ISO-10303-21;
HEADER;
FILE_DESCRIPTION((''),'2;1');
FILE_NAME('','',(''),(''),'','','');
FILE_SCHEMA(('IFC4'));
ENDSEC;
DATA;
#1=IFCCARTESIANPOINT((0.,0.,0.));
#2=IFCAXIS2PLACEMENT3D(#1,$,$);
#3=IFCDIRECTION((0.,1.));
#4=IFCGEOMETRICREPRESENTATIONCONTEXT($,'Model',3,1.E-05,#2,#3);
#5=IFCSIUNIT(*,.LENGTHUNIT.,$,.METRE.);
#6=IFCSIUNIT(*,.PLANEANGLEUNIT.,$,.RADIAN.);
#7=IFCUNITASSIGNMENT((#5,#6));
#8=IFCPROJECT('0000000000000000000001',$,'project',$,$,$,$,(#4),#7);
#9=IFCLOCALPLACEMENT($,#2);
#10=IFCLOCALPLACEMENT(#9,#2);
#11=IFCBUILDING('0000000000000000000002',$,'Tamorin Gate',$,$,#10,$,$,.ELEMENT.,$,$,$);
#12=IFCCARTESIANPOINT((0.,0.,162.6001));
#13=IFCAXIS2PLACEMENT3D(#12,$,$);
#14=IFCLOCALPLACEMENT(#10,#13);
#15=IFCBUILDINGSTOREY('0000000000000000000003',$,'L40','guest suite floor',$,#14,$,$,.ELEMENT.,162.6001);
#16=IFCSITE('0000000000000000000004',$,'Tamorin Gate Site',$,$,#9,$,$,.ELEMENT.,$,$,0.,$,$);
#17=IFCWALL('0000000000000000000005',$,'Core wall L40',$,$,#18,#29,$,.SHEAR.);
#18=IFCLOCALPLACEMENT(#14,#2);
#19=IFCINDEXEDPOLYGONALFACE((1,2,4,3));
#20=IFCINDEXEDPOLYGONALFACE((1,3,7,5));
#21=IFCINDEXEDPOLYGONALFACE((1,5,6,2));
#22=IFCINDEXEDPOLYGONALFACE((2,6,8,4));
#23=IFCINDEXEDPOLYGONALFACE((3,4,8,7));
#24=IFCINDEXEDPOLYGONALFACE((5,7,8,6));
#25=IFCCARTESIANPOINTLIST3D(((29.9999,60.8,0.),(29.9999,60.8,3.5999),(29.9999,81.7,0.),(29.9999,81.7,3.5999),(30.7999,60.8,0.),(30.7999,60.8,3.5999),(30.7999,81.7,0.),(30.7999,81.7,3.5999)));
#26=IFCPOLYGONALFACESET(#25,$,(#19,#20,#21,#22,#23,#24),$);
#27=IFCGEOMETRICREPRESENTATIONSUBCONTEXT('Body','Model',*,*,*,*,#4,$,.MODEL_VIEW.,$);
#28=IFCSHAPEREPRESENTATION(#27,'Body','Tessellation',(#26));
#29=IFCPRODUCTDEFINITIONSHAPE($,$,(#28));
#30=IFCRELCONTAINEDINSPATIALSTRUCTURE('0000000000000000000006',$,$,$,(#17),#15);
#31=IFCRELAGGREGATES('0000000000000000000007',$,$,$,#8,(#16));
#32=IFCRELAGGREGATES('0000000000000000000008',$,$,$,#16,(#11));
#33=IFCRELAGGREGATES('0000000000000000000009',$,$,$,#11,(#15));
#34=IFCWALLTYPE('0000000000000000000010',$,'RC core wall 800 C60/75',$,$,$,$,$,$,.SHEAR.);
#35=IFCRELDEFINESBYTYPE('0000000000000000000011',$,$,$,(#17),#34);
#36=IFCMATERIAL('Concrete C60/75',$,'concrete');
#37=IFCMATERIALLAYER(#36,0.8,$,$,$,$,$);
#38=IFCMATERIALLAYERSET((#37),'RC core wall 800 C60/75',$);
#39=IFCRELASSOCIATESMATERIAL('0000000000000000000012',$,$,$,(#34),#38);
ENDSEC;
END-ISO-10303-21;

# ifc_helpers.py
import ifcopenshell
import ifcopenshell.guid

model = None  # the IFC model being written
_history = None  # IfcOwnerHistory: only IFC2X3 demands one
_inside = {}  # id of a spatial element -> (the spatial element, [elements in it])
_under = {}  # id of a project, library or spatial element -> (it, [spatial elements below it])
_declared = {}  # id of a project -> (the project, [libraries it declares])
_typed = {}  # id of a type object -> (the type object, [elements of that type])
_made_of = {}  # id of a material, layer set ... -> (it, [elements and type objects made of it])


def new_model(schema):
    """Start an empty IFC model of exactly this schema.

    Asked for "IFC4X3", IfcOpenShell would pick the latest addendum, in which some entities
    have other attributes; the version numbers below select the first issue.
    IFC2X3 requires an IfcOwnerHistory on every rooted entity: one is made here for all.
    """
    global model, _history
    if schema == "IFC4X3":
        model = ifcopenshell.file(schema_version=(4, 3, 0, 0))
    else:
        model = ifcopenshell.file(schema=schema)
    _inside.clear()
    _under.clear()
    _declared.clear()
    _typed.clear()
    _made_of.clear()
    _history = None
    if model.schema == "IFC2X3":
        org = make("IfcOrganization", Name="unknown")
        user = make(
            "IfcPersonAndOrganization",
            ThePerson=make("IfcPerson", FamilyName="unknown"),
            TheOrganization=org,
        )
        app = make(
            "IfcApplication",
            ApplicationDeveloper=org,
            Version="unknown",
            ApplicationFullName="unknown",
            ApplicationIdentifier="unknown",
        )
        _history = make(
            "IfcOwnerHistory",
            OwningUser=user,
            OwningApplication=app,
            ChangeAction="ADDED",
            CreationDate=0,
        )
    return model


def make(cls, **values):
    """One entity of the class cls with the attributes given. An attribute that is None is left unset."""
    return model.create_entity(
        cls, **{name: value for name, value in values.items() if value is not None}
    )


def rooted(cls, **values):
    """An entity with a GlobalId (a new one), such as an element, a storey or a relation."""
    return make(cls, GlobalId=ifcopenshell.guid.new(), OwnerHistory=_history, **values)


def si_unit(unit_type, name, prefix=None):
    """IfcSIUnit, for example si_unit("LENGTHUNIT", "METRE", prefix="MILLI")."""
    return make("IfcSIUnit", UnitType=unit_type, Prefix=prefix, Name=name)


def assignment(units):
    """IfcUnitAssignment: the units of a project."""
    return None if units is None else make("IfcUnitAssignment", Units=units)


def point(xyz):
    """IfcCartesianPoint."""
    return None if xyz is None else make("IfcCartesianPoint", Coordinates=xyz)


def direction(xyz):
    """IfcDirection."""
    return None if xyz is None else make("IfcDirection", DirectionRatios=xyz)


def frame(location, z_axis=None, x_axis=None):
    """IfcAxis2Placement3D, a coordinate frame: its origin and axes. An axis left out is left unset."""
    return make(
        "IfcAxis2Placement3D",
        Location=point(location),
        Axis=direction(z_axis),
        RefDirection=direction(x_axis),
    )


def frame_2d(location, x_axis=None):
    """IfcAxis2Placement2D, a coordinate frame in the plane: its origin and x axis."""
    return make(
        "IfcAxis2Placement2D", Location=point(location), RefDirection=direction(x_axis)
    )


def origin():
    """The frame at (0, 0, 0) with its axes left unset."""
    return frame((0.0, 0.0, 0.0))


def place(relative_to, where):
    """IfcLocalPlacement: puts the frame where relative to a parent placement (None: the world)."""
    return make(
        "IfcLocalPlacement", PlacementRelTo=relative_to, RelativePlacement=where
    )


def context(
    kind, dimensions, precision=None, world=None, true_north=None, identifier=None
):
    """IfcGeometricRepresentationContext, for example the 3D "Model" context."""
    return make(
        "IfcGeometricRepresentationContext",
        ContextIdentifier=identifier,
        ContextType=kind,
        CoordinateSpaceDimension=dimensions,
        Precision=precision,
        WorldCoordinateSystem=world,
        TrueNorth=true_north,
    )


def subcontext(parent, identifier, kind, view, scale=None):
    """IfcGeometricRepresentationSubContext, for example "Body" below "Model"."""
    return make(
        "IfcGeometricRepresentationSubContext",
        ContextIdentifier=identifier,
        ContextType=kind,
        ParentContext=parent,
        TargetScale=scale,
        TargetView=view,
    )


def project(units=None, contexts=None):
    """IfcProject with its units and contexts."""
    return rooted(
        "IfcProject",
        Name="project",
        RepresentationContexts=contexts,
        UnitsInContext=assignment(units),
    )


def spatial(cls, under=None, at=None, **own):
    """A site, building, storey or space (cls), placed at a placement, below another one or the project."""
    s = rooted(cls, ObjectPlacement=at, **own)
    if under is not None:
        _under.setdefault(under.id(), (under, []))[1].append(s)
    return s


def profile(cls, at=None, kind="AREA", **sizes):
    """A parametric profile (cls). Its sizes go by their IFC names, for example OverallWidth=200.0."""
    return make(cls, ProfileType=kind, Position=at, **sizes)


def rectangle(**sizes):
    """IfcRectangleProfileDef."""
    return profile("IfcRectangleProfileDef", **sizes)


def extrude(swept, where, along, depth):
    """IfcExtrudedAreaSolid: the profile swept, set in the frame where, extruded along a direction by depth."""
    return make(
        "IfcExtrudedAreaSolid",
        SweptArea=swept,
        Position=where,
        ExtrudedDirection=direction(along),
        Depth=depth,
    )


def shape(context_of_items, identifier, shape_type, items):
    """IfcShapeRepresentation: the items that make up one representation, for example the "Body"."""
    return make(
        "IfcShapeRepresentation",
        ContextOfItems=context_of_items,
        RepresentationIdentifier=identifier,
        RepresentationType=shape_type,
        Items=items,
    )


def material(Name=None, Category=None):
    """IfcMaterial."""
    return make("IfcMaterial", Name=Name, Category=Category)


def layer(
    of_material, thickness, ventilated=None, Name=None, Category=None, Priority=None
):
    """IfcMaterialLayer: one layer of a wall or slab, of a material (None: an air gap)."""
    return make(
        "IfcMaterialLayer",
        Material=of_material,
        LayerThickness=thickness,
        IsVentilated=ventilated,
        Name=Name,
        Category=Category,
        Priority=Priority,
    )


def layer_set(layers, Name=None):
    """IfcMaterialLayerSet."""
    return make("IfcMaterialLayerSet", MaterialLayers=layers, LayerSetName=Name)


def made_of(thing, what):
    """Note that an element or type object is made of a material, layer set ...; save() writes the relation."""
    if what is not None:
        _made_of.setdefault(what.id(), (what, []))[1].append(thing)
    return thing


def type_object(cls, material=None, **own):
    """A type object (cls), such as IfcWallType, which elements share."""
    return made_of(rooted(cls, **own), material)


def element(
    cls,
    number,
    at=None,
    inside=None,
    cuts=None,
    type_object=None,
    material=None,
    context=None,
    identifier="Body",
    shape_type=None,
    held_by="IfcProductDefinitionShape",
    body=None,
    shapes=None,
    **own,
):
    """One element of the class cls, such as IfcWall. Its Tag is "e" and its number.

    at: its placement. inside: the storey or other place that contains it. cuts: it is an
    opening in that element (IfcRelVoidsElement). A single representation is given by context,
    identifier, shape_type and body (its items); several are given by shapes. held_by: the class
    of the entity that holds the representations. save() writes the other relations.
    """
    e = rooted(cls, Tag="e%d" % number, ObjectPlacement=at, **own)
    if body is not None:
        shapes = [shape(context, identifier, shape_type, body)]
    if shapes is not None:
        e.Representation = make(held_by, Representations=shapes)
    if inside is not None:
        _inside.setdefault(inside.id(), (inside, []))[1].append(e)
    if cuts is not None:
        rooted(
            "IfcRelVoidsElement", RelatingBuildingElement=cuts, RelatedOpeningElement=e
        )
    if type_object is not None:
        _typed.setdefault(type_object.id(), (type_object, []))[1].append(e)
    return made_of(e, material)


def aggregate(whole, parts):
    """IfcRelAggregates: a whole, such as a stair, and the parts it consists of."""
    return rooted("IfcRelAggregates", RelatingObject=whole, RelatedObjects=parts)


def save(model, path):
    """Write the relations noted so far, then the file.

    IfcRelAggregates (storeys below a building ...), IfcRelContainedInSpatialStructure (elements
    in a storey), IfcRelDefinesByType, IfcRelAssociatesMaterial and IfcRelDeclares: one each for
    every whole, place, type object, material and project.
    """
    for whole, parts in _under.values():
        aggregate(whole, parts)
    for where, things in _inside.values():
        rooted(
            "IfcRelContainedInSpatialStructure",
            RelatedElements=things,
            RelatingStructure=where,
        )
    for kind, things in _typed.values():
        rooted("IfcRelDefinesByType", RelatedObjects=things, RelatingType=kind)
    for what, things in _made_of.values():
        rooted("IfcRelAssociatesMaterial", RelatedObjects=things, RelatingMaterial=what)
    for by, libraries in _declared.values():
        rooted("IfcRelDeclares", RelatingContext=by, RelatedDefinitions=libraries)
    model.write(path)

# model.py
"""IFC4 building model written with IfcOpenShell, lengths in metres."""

from ifc_helpers import new_model, si_unit, direction, frame, frame_2d, origin, place, context, subcontext, project, spatial, rectangle, extrude, material, layer, layer_set, type_object, element, save


model = new_model("IFC4")

# Units and contexts
model_context = context("Model", 3, precision=1e-05, world=origin(), true_north=direction((0.0, 1.0)))
body_context = subcontext(model_context, "Body", "Model", "MODEL_VIEW")
ifc_project = project(units=[si_unit("LENGTHUNIT", "METRE"), si_unit("PLANEANGLEUNIT", "RADIAN")], contexts=[model_context])

# Site, building, storey
site_placement = place(None, origin())
site = spatial("IfcSite", under=ifc_project, at=site_placement, Name="Tamorin Gate Site", CompositionType="ELEMENT", RefElevation=0.0)
building_placement = place(site_placement, origin())
building = spatial("IfcBuilding", under=site, at=building_placement, Name="Tamorin Gate", CompositionType="ELEMENT")
storey_placement = place(building_placement, frame((0.0, 0.0, 162.6001)))
storey = spatial("IfcBuildingStorey", under=building, at=storey_placement, Name="L40", Description="guest suite floor", CompositionType="ELEMENT", Elevation=162.6001)

# Shared definitions
ifc_material_1 = material(Name="Concrete C60/75", Category="concrete")

# Shared definitions
ifc_layer_1 = layer(ifc_material_1, 0.8)
ifc_layer_set_1 = layer_set([ifc_layer_1], Name="RC core wall 800 C60/75")
wall_type_1 = type_object("IfcWallType", Name="RC core wall 800 C60/75", PredefinedType="SHEAR", material=ifc_layer_set_1)

# Wall
wall_1_placement = place(storey_placement, frame((30.3999, 60.8, 0.0), z_axis=(0.0, 0.0, 1.0), x_axis=(0.0, 1.0, 0.0)))
element("IfcWall", 1, at=wall_1_placement, inside=storey, type_object=wall_type_1, Name="Core wall L40", PredefinedType="SHEAR", context=body_context, shape_type="SweptSolid", body=[
    extrude(rectangle(XDim=20.8999, YDim=0.8, at=frame_2d((10.45, 0.0))), origin(), (0.0, 0.0, 1.0), 3.5999),
])

save(model, "model.ifc")
